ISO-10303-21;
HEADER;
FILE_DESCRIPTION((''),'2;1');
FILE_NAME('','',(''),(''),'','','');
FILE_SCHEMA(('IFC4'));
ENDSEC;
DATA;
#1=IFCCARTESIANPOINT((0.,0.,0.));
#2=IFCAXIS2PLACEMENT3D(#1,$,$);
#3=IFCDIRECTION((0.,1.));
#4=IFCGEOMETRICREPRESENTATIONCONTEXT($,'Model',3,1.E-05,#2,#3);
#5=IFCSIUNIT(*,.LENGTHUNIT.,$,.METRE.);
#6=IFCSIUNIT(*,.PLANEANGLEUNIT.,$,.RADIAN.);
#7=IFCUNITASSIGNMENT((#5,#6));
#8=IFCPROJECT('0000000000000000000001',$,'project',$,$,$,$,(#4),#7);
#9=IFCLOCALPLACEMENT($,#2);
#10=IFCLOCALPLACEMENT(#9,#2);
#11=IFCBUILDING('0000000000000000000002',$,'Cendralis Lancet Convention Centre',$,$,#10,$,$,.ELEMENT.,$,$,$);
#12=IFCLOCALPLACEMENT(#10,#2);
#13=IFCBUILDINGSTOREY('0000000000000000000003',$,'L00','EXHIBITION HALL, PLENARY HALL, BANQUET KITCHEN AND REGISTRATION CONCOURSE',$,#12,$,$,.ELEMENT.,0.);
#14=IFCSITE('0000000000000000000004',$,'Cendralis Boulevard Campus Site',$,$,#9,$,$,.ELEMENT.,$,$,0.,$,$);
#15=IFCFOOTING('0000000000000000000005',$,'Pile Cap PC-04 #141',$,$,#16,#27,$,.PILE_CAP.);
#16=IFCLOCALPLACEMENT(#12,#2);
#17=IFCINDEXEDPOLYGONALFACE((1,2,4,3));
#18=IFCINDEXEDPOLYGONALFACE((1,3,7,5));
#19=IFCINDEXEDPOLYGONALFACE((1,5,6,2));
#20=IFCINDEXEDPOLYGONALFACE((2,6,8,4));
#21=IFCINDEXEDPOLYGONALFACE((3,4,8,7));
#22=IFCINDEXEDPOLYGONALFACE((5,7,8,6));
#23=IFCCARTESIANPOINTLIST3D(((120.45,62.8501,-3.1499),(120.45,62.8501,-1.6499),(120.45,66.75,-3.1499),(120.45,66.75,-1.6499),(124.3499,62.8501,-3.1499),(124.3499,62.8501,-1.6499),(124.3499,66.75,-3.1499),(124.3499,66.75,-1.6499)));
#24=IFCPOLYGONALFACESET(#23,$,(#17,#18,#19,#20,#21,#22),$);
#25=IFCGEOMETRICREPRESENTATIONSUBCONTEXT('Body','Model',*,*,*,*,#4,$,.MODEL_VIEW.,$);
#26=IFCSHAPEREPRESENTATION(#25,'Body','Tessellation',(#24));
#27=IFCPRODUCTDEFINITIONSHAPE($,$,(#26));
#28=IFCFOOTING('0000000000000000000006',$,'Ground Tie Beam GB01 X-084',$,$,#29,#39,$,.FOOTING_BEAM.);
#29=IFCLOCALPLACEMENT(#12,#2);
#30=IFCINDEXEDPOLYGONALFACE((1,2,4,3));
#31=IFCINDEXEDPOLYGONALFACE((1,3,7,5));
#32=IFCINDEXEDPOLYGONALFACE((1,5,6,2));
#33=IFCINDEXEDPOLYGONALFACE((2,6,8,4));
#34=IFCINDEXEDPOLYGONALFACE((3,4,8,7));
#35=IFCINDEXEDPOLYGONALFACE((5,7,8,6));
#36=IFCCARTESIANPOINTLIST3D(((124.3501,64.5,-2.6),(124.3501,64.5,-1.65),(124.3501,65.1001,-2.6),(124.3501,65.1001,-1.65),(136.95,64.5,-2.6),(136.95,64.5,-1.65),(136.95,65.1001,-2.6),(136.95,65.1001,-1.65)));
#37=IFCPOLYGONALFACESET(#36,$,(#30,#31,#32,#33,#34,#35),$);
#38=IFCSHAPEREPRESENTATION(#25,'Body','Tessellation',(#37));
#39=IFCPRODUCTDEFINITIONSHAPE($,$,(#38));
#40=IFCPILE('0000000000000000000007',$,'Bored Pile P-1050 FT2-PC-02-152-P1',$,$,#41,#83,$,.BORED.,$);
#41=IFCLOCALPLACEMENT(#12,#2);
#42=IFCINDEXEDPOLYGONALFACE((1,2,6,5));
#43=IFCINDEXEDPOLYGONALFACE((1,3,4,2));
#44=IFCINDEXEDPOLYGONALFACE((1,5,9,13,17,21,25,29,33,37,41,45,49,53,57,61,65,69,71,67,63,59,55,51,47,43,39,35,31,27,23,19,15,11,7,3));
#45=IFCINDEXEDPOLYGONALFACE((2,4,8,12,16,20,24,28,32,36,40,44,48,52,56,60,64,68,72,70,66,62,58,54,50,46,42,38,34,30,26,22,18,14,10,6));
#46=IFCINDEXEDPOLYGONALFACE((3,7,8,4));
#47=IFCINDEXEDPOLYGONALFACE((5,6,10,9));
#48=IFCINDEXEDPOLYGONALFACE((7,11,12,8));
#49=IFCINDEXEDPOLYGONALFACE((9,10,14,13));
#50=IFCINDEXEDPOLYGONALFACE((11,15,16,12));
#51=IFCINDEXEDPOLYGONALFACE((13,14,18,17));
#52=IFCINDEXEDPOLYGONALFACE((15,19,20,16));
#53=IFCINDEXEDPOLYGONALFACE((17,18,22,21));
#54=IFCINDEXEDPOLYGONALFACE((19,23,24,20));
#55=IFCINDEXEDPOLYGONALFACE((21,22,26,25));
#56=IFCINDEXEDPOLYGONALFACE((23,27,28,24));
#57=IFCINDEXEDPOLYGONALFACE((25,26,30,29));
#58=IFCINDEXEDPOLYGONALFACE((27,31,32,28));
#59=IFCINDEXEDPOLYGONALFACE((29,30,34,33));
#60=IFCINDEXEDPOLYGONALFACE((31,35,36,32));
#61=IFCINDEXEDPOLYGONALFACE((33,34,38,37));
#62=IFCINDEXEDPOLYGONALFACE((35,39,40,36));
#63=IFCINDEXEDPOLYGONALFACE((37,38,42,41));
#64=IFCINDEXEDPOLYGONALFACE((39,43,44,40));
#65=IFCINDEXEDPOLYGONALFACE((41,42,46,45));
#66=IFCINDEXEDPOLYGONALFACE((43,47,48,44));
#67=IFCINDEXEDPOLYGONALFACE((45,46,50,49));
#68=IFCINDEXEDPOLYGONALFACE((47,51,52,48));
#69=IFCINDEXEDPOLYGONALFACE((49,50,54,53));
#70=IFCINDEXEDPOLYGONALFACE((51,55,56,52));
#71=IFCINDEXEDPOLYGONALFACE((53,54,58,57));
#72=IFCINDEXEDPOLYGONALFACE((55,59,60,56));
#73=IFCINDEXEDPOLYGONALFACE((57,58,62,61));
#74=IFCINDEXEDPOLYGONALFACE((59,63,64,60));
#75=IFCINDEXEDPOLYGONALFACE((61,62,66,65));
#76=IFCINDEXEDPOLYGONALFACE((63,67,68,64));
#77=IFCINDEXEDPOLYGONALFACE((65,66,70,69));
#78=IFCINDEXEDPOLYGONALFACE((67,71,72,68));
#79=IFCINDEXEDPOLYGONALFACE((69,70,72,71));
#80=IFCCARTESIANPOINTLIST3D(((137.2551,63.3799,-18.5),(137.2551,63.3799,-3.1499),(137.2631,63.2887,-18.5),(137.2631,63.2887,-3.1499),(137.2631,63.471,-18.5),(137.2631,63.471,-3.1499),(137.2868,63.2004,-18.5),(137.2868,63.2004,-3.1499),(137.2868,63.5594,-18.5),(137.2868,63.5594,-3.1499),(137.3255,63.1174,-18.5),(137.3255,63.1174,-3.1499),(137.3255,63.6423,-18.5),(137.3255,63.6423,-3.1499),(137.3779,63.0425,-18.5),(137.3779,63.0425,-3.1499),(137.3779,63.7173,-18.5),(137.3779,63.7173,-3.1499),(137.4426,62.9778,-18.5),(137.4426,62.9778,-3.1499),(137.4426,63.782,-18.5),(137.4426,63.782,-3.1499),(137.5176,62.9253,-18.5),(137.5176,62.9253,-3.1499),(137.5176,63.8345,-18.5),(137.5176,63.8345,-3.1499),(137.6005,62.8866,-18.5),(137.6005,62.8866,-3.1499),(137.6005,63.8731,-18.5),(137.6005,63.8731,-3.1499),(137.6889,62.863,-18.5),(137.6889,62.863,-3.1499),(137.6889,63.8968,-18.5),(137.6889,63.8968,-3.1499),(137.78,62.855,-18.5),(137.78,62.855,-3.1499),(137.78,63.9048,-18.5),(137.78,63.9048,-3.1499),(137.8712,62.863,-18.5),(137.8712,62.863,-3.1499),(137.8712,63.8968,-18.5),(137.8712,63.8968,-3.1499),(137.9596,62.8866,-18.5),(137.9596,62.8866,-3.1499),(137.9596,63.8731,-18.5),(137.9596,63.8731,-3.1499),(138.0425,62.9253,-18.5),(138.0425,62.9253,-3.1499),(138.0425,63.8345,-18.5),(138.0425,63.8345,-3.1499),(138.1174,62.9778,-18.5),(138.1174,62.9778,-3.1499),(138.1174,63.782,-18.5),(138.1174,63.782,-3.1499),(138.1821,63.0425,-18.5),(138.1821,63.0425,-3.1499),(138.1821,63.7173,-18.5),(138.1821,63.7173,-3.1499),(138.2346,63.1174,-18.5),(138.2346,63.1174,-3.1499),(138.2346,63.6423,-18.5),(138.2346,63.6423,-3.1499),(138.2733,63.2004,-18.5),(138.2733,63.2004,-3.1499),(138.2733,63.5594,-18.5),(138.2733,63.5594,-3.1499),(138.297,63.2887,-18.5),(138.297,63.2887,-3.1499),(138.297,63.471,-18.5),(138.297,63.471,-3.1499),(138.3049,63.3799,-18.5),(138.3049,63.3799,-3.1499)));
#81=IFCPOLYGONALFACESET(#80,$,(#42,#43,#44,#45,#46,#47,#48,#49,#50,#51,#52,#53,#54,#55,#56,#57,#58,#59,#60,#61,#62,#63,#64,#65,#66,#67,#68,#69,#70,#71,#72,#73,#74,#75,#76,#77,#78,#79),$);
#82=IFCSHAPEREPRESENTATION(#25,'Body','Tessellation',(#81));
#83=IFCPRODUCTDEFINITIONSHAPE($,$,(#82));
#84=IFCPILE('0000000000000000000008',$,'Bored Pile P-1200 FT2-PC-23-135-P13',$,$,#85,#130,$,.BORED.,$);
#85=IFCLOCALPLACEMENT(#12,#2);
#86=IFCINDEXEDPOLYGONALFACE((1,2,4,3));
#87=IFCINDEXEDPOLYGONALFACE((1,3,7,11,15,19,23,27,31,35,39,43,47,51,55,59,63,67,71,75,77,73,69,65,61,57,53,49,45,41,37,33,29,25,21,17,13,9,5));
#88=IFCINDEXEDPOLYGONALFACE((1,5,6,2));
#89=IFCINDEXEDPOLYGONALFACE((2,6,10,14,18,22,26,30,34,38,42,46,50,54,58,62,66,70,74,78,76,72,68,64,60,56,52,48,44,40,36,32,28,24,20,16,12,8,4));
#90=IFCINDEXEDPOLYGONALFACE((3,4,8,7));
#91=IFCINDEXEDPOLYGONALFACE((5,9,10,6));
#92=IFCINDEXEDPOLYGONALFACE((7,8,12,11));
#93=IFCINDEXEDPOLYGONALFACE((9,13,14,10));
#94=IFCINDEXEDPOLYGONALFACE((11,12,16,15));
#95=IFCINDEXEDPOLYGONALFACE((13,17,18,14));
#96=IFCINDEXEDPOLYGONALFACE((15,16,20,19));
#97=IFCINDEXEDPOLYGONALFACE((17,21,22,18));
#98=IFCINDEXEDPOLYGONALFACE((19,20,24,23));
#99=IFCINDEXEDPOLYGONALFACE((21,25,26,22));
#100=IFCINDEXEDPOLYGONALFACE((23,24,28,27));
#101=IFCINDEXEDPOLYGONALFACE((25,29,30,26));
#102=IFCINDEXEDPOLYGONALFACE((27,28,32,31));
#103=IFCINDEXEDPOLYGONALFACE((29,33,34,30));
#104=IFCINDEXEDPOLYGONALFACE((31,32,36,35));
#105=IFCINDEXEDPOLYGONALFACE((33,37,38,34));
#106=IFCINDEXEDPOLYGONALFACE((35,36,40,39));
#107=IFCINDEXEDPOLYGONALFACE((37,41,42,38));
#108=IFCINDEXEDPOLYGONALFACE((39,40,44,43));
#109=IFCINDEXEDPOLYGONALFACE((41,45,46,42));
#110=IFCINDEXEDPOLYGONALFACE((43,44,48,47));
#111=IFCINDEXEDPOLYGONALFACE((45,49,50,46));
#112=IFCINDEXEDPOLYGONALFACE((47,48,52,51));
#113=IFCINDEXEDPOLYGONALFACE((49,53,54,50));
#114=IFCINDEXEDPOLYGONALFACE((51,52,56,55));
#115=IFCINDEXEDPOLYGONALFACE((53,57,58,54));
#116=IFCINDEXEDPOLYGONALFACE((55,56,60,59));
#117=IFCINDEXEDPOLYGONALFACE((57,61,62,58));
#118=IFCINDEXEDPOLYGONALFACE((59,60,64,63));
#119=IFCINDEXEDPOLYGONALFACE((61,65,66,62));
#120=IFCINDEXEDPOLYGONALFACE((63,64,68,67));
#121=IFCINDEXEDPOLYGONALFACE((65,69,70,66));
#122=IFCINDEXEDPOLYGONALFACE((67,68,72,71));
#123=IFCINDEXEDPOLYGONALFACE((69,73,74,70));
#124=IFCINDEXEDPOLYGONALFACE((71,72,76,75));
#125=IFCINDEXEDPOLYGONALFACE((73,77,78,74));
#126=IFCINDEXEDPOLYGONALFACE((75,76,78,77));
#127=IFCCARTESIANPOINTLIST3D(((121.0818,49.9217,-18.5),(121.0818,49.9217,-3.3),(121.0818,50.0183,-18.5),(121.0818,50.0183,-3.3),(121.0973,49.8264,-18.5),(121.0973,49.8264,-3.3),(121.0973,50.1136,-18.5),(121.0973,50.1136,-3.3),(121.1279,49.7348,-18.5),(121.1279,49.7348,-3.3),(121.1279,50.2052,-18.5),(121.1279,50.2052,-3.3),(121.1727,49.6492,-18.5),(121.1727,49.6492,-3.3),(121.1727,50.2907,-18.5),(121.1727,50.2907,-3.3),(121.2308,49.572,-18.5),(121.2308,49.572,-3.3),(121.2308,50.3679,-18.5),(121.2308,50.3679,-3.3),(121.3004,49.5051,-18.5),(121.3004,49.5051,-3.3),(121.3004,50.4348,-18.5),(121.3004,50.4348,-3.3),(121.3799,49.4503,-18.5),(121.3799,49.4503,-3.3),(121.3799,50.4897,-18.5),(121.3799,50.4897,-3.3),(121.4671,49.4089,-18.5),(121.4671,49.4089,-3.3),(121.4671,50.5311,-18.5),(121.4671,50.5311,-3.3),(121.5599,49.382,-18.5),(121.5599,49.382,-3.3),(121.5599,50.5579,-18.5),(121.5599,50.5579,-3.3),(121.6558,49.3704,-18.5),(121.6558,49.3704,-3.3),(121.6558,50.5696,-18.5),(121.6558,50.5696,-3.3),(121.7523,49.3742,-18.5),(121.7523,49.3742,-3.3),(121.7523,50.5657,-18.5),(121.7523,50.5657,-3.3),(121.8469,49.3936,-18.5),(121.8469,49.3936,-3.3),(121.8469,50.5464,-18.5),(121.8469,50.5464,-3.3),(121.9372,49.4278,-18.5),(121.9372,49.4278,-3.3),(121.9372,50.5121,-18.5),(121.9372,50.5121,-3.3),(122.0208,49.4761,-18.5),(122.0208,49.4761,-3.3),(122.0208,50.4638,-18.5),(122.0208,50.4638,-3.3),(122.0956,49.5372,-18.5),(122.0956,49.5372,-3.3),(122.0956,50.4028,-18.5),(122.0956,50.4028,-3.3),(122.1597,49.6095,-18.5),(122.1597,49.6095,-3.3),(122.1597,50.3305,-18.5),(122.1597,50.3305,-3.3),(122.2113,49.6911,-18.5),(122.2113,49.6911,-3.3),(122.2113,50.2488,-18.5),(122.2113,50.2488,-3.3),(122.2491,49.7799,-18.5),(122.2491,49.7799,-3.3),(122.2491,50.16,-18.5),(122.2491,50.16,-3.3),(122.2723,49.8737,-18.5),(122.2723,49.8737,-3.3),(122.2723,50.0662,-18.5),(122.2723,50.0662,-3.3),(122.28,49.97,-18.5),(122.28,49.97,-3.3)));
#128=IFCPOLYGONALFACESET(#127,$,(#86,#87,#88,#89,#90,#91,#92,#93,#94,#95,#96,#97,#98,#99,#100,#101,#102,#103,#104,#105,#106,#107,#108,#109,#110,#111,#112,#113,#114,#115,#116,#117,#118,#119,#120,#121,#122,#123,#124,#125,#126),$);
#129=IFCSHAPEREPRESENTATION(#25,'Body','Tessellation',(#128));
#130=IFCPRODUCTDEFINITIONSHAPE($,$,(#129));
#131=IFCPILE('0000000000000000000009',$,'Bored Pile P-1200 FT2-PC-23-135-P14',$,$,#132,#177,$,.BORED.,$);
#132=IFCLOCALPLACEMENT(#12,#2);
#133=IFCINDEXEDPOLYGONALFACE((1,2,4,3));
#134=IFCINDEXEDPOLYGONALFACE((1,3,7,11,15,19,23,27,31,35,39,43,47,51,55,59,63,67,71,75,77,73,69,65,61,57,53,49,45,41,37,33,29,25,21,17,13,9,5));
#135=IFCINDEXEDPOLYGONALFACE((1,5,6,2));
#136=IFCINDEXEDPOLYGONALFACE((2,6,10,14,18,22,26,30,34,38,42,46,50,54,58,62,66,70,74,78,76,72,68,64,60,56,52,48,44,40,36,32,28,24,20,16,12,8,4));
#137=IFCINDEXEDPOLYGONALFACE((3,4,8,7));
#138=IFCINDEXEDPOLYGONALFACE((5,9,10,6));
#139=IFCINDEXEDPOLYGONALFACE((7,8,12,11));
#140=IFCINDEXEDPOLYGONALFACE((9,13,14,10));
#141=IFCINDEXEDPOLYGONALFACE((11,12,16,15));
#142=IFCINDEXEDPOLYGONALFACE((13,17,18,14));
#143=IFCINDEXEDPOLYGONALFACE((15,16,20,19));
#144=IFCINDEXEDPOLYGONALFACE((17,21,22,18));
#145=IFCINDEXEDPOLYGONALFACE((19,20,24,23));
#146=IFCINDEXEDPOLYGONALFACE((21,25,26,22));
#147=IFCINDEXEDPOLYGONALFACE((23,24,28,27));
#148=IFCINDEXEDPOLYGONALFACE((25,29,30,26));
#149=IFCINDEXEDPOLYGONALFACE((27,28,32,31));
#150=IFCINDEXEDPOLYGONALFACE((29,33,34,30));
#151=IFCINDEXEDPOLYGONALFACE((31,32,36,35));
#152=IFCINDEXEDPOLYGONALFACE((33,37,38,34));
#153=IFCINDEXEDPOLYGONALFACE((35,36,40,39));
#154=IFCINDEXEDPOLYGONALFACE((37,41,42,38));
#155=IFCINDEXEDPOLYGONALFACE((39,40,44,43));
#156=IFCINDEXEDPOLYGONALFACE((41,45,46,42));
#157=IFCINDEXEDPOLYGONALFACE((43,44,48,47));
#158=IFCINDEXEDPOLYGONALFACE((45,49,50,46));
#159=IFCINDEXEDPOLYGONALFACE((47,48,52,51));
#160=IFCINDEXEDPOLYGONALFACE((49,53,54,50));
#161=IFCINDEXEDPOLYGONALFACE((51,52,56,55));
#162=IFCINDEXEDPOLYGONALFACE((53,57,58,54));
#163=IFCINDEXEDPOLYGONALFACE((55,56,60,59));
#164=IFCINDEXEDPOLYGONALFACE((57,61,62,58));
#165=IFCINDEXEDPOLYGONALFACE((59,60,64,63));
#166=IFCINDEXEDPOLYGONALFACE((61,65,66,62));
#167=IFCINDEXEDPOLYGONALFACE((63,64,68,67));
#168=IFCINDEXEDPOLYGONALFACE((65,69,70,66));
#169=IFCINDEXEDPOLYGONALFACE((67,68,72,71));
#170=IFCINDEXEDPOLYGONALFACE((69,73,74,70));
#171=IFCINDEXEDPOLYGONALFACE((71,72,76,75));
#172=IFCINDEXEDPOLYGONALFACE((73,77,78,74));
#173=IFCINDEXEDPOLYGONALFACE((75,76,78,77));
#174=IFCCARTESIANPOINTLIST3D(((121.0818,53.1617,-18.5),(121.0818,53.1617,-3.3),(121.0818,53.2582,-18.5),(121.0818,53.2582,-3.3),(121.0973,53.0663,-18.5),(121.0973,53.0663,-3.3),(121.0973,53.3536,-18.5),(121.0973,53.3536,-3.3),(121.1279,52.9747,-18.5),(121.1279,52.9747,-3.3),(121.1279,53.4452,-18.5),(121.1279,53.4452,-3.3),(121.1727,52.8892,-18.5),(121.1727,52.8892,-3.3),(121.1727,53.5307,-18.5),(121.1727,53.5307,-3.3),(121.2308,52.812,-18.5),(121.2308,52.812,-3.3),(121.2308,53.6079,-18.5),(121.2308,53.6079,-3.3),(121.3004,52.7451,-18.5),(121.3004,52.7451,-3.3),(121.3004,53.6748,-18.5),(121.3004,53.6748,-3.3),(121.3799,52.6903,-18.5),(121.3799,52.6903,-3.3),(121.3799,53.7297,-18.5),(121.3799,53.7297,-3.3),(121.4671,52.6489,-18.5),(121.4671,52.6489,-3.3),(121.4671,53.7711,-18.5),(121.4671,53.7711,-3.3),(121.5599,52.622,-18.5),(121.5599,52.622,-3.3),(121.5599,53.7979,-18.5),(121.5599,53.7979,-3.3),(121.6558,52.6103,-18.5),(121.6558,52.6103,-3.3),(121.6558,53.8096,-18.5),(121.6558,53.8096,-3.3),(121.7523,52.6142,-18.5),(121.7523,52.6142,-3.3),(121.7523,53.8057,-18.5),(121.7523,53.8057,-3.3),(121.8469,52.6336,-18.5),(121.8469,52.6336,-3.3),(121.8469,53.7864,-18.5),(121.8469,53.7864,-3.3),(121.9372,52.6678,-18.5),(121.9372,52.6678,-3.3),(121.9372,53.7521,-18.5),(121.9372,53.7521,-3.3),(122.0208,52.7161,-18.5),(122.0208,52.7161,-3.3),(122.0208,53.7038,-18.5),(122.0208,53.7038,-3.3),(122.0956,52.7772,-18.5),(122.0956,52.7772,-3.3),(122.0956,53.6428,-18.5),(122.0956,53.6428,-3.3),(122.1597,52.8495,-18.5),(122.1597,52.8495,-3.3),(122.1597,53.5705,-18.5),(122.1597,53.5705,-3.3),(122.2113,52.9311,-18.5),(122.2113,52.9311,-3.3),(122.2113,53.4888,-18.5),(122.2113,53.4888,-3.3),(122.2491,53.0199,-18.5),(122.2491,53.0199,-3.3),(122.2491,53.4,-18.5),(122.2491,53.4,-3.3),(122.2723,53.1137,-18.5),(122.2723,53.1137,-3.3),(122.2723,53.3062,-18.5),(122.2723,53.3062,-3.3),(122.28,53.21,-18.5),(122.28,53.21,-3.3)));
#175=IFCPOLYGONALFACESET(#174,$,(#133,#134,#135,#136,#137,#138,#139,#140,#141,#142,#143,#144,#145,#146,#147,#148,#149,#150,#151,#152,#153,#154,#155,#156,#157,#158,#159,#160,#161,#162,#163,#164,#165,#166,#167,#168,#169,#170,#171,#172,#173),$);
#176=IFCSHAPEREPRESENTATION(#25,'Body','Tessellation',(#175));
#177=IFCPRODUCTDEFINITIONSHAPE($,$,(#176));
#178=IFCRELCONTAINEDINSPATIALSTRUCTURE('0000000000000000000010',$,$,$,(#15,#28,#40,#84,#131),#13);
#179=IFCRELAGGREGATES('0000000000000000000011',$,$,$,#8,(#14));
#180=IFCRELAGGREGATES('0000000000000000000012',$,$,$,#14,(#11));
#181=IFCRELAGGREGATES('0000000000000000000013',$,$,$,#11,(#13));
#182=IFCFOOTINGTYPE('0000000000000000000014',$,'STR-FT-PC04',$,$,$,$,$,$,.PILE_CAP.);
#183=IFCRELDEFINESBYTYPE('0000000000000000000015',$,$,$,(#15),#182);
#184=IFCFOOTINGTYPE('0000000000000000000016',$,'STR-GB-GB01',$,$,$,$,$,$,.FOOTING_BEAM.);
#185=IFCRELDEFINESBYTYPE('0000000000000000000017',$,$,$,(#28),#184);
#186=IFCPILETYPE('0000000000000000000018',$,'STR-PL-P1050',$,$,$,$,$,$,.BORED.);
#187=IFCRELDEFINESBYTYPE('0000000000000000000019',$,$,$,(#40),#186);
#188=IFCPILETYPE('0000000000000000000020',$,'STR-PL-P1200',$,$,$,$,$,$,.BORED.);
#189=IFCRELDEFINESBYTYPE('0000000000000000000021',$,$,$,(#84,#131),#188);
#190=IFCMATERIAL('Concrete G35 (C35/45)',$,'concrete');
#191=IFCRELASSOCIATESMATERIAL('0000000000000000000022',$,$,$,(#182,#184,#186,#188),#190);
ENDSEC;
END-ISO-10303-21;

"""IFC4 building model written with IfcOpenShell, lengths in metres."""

from ifc_helpers import new_model, si_unit, direction, frame, origin, origin_2d, place, context, subcontext, project, spatial, rectangle, circle, extrude, material, material_profile, profile_set, type_object, element, save


model = new_model("IFC4")

# Units and contexts
model_context = context("Model", 3, precision=1e-05, world=origin(), true_north=direction((0.0, 1.0)))
body_context = subcontext(model_context, "Body", "Model", "MODEL_VIEW")
ifc_project = project(units=[si_unit("LENGTHUNIT", "METRE"), si_unit("PLANEANGLEUNIT", "RADIAN")], contexts=[model_context])

# Site, building, storey
site_placement = place(None, origin())
site = spatial("IfcSite", under=ifc_project, at=site_placement, Name="Cendralis Boulevard Campus Site", CompositionType="ELEMENT", RefElevation=0.0)
building_placement = place(site_placement, origin())
building = spatial("IfcBuilding", under=site, at=building_placement, Name="Cendralis Lancet Convention Centre", CompositionType="ELEMENT")
storey_placement = place(building_placement, origin())
storey = spatial("IfcBuildingStorey", under=building, at=storey_placement, Name="L00", Description="EXHIBITION HALL, PLENARY HALL, BANQUET KITCHEN AND REGISTRATION CONCOURSE", CompositionType="ELEMENT", Elevation=0.0)

# Footings
ifc_material_1 = material(Name="Concrete G35 (C35/45)", Category="concrete")
footing_type_1 = type_object("IfcFootingType", Name="STR-FT-PC04", PredefinedType="PILE_CAP", material=ifc_material_1)
footing_1_placement = place(storey_placement, frame((122.3999, 64.8, -3.1499), z_axis=(0.0, 0.0, 1.0), x_axis=(1.0, 0.0, 0.0)))
element("IfcFooting", 1, at=footing_1_placement, inside=storey, type_object=footing_type_1, Name="Pile Cap PC-04 #141", PredefinedType="PILE_CAP", context=body_context, shape_type="SweptSolid", body=[
    extrude(rectangle(XDim=3.8999, YDim=3.8999, at=origin_2d()), origin(), (0.0, 0.0, 1.0), 1.5),
])
ifc_material_profile_1 = material_profile(ifc_material_1, rectangle(XDim=0.6001, YDim=0.95, at=origin_2d()), Name="RCB 600x950")
ifc_profile_set_1 = profile_set([ifc_material_profile_1], Name="Concrete G35 (C35/45)")
footing_type_2 = type_object("IfcFootingType", Name="STR-GB-GB01", PredefinedType="FOOTING_BEAM", material=ifc_profile_set_1)
footing_2_placement = place(storey_placement, frame((124.3501, 64.8, -2.125), z_axis=(1.0, 0.0, 0.0), x_axis=(0.0, 1.0, 0.0)))
element("IfcFooting", 2, at=footing_2_placement, inside=storey, type_object=footing_type_2, Name="Ground Tie Beam GB01 X-084", PredefinedType="FOOTING_BEAM", context=body_context, shape_type="SweptSolid", body=[
    extrude(rectangle(XDim=0.6001, YDim=0.95, at=origin_2d()), origin(), (0.0, 0.0, 1.0), 12.5999),
])

# Piles
ifc_material_profile_2 = material_profile(ifc_material_1, circle(Radius=0.5249, at=origin_2d()), Name="BORED PILE D1050")
ifc_profile_set_2 = profile_set([ifc_material_profile_2], Name="Concrete G35 (C35/45)")
pile_type_1 = type_object("IfcPileType", Name="STR-PL-P1050", PredefinedType="BORED", material=ifc_profile_set_2)
pile_placement = place(storey_placement, frame((137.78, 63.3799, -3.1499), z_axis=(0.0, 0.0, -1.0), x_axis=(1.0, 0.0, 0.0)))
element("IfcPile", 3, at=pile_placement, inside=storey, type_object=pile_type_1, Name="Bored Pile P-1050 FT2-PC-02-152-P1", PredefinedType="BORED", context=body_context, shape_type="SweptSolid", body=[
    extrude(circle(Radius=0.5249, at=origin_2d()), origin(), (0.0, 0.0, 1.0), 15.3501),
])
ifc_material_profile_3 = material_profile(ifc_material_1, circle(Radius=0.6001, at=origin_2d()), Name="BORED PILE D1200")
ifc_profile_set_3 = profile_set([ifc_material_profile_3], Name="Concrete G35 (C35/45)")
pile_type_2 = type_object("IfcPileType", Name="STR-PL-P1200", PredefinedType="BORED", material=ifc_profile_set_3)
for number, where, z_axis, x_axis, name in (
    (4, (121.6799, 49.97, -3.3), (0.0, 0.0, -1.0), (1.0, 0.0, 0.0), "Bored Pile P-1200 FT2-PC-23-135-P13"),
    (5, (121.6799, 53.21, -3.3), (0.0, 0.0, -1.0), (1.0, 0.0, 0.0), "Bored Pile P-1200 FT2-PC-23-135-P14"),
):
    element("IfcPile", number, at=place(storey_placement, frame(where, z_axis=z_axis, x_axis=x_axis)), inside=storey, type_object=pile_type_2, Name=name, PredefinedType="BORED", context=body_context, shape_type="SweptSolid", body=[
        extrude(circle(Radius=0.6001, at=origin_2d()), origin(), (0.0, 0.0, 1.0), 15.2),
    ])

save(model, "model.ifc")
